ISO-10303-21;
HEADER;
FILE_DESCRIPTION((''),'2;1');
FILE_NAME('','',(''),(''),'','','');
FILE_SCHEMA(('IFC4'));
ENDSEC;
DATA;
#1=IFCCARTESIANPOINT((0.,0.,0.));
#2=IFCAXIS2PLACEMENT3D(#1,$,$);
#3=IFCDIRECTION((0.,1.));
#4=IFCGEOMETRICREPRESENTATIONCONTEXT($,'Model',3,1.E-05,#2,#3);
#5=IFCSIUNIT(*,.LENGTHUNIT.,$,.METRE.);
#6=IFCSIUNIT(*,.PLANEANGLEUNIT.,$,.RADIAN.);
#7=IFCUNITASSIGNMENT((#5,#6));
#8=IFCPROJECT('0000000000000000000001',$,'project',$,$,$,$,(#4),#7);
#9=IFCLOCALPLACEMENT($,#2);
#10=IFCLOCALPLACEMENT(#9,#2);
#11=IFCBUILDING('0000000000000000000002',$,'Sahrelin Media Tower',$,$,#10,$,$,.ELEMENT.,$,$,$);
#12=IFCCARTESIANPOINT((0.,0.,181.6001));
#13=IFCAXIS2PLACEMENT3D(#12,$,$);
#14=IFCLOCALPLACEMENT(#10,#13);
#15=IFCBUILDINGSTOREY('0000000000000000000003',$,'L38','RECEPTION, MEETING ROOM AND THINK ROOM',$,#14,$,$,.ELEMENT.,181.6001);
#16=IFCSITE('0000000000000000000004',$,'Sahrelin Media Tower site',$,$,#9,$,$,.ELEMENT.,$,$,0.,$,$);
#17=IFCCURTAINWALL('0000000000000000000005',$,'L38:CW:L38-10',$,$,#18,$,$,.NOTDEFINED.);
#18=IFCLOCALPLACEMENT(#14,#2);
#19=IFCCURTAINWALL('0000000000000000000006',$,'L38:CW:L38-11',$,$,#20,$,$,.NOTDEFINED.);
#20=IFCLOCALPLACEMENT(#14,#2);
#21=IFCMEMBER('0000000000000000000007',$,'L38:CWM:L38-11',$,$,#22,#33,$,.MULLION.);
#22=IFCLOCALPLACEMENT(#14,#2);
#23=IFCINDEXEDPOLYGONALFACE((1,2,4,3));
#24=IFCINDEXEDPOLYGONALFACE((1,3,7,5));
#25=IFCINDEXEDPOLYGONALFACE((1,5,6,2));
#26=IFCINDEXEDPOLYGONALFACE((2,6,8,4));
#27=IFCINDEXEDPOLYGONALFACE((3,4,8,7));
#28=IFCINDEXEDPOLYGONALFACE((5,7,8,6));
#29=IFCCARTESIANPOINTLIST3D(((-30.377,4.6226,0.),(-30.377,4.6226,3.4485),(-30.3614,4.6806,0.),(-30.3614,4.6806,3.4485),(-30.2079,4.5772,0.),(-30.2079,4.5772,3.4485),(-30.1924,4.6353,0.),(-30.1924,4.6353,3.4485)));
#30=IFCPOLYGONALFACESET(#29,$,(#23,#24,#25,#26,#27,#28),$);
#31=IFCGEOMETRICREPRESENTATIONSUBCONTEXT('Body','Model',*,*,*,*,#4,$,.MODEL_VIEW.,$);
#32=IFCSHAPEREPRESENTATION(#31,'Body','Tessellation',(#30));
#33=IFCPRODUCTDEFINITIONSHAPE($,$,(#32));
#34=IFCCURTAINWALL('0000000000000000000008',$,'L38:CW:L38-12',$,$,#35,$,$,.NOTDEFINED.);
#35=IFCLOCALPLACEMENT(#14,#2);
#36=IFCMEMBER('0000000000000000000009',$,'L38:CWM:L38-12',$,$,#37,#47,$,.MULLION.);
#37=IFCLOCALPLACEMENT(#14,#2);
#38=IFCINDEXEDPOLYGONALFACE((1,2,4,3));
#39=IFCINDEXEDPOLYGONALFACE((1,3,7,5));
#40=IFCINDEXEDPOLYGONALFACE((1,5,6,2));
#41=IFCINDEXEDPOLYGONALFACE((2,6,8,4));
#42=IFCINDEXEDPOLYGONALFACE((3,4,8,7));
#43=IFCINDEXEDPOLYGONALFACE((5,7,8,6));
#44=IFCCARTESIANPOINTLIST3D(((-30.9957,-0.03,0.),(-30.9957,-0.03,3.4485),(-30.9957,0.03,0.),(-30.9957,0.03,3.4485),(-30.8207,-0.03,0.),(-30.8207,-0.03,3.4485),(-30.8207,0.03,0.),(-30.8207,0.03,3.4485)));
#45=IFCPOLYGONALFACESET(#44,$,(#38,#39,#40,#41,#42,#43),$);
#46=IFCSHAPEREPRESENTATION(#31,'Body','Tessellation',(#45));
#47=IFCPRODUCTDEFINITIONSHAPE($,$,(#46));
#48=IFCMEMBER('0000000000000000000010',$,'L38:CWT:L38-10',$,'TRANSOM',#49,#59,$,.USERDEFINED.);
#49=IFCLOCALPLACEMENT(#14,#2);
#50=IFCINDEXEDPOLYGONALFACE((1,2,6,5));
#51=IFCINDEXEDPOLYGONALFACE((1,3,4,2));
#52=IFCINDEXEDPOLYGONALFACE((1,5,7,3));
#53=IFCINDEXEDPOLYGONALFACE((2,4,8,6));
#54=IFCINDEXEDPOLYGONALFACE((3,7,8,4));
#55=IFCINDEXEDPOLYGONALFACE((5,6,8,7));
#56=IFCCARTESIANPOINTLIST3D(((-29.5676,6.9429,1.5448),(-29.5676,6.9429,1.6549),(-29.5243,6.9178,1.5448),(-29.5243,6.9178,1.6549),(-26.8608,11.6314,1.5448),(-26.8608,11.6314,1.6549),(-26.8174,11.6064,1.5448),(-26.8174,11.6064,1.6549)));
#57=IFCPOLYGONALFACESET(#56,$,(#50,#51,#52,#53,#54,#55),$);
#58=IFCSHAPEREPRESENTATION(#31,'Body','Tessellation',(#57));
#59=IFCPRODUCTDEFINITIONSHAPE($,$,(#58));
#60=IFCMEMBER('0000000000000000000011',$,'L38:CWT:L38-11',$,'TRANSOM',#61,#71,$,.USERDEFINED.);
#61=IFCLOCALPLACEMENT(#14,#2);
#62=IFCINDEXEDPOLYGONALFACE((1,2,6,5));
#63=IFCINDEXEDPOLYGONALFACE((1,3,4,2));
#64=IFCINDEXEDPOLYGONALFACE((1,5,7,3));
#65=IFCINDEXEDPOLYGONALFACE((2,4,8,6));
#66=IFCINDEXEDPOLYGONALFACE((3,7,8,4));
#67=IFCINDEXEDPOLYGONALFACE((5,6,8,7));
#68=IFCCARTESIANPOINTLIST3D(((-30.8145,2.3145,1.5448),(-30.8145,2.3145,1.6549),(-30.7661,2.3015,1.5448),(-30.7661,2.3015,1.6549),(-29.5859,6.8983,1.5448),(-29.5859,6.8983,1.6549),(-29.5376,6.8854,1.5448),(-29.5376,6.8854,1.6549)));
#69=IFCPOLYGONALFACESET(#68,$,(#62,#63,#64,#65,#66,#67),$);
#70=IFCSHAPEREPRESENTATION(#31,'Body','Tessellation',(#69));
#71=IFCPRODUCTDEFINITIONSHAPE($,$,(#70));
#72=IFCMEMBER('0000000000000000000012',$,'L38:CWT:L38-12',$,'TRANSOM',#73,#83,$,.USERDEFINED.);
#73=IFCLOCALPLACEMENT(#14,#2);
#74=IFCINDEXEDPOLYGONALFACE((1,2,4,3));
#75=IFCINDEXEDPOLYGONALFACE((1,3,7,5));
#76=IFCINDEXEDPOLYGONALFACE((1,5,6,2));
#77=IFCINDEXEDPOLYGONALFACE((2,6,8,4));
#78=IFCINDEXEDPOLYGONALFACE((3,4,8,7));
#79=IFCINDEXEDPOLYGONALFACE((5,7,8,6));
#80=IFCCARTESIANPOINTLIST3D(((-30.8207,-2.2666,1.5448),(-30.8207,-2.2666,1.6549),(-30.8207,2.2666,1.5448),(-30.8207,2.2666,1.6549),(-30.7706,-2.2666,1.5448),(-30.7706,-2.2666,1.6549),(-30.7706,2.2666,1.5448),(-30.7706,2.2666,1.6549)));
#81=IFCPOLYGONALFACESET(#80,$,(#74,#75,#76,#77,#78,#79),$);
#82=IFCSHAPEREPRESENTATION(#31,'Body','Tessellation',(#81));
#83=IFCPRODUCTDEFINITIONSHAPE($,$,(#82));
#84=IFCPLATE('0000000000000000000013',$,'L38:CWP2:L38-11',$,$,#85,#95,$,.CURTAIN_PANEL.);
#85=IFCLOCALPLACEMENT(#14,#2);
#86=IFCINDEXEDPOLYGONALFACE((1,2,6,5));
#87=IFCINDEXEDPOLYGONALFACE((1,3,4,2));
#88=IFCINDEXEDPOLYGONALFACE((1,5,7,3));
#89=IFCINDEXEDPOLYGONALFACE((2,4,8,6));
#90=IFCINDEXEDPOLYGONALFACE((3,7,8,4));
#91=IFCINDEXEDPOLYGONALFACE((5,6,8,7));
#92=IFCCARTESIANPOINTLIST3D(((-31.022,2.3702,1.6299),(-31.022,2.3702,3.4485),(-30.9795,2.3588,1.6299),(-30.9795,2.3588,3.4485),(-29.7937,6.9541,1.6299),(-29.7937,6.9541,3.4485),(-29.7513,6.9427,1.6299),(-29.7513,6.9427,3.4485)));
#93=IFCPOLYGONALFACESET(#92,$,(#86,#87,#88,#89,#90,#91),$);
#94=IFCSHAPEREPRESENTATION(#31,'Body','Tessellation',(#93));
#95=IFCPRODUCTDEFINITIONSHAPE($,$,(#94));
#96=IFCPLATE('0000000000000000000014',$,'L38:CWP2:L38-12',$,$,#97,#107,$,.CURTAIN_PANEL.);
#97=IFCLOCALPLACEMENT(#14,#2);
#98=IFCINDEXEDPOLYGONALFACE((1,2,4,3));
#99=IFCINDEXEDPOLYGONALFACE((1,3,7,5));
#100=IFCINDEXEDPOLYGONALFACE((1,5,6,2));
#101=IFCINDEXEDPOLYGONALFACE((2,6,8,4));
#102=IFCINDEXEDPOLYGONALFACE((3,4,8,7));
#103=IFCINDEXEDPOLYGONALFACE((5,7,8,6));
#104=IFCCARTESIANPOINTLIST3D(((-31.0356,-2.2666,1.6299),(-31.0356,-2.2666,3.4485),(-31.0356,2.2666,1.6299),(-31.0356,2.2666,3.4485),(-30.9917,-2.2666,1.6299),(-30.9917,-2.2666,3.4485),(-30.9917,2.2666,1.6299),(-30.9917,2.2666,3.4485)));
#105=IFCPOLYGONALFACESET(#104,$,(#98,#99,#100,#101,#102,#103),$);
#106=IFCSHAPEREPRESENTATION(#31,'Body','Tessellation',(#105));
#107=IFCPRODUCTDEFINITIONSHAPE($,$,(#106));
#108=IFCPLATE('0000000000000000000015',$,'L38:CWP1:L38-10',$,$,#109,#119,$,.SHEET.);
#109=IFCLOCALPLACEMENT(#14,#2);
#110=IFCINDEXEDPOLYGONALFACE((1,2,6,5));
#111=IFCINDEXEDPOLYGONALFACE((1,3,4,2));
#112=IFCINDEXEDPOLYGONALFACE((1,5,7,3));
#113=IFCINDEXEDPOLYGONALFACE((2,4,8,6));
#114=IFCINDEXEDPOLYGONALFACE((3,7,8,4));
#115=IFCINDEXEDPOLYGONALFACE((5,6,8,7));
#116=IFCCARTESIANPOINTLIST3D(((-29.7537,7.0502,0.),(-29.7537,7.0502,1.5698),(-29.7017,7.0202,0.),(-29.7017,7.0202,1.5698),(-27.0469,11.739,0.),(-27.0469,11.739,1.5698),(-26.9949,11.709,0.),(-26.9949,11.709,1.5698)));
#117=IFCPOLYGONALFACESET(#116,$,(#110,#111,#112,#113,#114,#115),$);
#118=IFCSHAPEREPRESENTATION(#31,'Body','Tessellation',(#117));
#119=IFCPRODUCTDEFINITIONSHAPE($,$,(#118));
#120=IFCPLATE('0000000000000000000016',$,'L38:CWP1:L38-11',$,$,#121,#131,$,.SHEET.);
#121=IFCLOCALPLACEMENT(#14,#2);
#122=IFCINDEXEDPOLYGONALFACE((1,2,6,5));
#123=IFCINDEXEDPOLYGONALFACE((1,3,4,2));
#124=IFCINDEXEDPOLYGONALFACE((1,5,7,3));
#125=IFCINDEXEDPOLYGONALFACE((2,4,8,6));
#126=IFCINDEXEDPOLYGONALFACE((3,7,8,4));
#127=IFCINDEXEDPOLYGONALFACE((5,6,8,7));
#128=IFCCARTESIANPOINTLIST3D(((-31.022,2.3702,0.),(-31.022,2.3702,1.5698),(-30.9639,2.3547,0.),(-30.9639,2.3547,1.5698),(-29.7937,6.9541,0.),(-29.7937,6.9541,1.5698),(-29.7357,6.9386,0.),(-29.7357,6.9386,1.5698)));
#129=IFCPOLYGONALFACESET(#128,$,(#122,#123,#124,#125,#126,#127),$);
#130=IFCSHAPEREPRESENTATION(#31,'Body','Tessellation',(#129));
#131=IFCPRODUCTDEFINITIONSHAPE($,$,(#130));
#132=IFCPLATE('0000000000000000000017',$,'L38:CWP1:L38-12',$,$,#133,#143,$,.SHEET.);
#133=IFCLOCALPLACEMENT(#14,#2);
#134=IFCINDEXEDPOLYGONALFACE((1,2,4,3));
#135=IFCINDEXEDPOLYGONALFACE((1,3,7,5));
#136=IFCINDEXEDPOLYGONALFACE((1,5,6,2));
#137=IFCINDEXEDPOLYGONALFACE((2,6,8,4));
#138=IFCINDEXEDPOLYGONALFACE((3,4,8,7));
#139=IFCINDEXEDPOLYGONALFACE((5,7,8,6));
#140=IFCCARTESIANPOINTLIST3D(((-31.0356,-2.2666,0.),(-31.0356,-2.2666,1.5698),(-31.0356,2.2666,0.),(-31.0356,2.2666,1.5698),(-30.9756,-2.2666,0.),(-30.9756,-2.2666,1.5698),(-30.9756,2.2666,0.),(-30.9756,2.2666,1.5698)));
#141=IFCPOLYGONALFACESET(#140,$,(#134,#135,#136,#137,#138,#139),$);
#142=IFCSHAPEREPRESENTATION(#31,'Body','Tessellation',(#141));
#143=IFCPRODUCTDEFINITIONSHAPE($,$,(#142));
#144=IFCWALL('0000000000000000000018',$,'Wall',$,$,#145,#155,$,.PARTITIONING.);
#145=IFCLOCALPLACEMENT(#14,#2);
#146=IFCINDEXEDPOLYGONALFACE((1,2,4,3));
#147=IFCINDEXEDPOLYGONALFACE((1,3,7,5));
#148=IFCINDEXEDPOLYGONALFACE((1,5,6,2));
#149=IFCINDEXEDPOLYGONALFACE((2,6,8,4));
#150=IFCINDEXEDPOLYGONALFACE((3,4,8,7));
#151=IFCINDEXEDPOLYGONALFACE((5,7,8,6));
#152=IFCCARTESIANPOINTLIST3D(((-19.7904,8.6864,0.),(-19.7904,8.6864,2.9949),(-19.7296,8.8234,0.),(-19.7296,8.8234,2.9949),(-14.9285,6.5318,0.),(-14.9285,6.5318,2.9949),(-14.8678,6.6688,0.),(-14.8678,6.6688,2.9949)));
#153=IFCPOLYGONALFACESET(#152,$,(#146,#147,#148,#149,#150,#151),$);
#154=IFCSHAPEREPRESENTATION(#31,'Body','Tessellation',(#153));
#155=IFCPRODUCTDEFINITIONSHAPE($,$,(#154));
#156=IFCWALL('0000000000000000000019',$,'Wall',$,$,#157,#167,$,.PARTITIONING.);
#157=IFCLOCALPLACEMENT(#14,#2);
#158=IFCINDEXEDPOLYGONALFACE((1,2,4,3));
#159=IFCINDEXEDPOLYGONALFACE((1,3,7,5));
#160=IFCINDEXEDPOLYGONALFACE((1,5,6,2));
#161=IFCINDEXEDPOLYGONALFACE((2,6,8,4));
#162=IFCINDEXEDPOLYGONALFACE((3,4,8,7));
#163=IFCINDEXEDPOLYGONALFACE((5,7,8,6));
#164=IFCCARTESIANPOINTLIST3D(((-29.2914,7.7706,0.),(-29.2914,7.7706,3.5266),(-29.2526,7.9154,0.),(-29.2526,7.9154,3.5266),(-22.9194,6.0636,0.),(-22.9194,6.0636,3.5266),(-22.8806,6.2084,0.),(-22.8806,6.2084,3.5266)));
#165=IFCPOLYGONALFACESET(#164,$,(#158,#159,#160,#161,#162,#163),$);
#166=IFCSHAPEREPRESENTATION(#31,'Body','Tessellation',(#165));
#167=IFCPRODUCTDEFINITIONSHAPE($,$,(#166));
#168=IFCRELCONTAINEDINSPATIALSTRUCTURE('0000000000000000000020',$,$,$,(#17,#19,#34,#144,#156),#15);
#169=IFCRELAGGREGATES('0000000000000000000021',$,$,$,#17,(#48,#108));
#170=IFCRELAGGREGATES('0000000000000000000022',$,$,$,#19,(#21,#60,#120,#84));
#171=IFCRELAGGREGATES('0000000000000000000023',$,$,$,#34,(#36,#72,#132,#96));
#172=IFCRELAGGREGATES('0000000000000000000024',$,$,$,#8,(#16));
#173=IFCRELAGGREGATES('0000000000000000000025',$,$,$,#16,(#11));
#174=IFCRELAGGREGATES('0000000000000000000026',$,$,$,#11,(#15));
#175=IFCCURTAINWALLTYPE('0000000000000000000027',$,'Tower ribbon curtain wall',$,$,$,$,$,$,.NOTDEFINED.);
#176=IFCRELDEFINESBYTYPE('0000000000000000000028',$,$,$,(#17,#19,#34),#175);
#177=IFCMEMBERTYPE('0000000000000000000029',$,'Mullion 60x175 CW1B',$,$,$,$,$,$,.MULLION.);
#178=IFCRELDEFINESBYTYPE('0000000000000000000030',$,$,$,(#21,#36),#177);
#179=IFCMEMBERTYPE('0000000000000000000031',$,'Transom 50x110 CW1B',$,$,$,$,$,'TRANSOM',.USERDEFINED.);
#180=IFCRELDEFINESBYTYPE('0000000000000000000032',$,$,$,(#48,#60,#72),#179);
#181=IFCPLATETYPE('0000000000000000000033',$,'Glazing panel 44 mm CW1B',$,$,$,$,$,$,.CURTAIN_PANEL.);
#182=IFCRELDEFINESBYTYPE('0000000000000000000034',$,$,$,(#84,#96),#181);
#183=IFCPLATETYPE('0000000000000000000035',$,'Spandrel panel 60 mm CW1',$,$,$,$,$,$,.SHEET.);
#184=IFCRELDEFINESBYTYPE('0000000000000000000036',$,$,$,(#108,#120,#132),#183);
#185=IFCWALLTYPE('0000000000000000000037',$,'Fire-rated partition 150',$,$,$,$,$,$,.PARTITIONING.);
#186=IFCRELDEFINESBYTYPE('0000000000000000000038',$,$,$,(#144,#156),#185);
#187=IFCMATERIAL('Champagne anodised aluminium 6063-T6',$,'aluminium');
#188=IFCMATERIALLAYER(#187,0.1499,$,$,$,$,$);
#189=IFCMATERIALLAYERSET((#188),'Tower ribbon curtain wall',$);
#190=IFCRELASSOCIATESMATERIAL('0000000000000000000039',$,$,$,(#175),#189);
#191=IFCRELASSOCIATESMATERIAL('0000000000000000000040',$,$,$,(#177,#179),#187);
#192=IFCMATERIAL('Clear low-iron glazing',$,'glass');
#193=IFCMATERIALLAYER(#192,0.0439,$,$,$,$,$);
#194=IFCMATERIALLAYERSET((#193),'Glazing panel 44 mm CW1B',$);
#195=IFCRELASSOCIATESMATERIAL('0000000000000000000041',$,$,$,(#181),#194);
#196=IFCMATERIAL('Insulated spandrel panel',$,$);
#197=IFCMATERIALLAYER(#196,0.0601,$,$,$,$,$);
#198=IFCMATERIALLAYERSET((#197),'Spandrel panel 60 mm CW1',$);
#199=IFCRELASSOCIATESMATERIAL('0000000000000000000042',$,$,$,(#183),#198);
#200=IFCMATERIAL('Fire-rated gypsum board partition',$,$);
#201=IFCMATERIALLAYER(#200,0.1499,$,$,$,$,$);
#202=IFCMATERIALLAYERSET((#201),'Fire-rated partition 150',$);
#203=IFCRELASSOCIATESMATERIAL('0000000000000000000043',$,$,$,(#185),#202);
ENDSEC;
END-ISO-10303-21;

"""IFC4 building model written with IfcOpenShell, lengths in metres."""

from ifc_helpers import new_model, si_unit, direction, frame, frame_2d, origin, origin_2d, place, context, subcontext, project, spatial, polyline, rectangle, outline, extrude, material, layer, layer_set, material_profile, profile_set, type_object, element, aggregate, save


model = new_model("IFC4")

# Units and contexts
model_context = context("Model", 3, precision=1e-05, world=origin(), true_north=direction((0.0, 1.0)))
body_context = subcontext(model_context, "Body", "Model", "MODEL_VIEW")
ifc_project = project(units=[si_unit("LENGTHUNIT", "METRE"), si_unit("PLANEANGLEUNIT", "RADIAN")], contexts=[model_context])

# Site, building, storey
site_placement = place(None, origin())
site = spatial("IfcSite", under=ifc_project, at=site_placement, Name="Sahrelin Media Tower site", CompositionType="ELEMENT", RefElevation=0.0)
building_placement = place(site_placement, origin())
building = spatial("IfcBuilding", under=site, at=building_placement, Name="Sahrelin Media Tower", CompositionType="ELEMENT")
storey_placement = place(building_placement, frame((0.0, 0.0, 181.6001)))
storey = spatial("IfcBuildingStorey", under=building, at=storey_placement, Name="L38", Description="RECEPTION, MEETING ROOM AND THINK ROOM", CompositionType="ELEMENT", Elevation=181.6001)

# Curtain walls, members
ifc_material_1 = material(Name="Champagne anodised aluminium 6063-T6", Category="aluminium")
ifc_layer_1 = layer(ifc_material_1, 0.1499)
ifc_layer_set_1 = layer_set([ifc_layer_1], Name="Tower ribbon curtain wall")
curtain_wall_type = type_object("IfcCurtainWallType", Name="Tower ribbon curtain wall", PredefinedType="NOTDEFINED", material=ifc_layer_set_1)
curtain_wall_1_placement = place(storey_placement, frame((-28.3828, 9.3845, 0.0), z_axis=(0.0, 0.0, 1.0), x_axis=(1.0, 0.0, 0.0)))
curtain_wall_1 = element("IfcCurtainWall", 1, at=curtain_wall_1_placement, inside=storey, type_object=curtain_wall_type, Name="L38:CW:L38-10", PredefinedType="NOTDEFINED")
ifc_material_profile_1 = material_profile(ifc_material_1, rectangle(XDim=0.0601, YDim=0.175, at=origin_2d()), Name="Mullion 60x175")
ifc_profile_set_1 = profile_set([ifc_material_profile_1], Name="Champagne anodised aluminium 6063-T6")
member_type_1 = type_object("IfcMemberType", Name="Mullion 60x175 CW1B", PredefinedType="MULLION", material=ifc_profile_set_1)
curtain_wall_2_placement = place(storey_placement, frame((-30.3884, 4.657, 0.0), z_axis=(0.0, 0.0, 1.0), x_axis=(1.0, 0.0, 0.0)))
curtain_wall_2 = element("IfcCurtainWall", 2, at=curtain_wall_2_placement, inside=storey, type_object=curtain_wall_type, Name="L38:CW:L38-11", PredefinedType="NOTDEFINED")
member_1_placement = place(storey_placement, frame((-30.2847, 4.6289, 0.0), z_axis=(0.0, 0.0, 1.0), x_axis=(-0.258831, -0.965923, 0.0)))
member_1 = element("IfcMember", 3, at=member_1_placement, type_object=member_type_1, Name="L38:CWM:L38-11", PredefinedType="MULLION", context=body_context, shape_type="SweptSolid", body=[
    extrude(rectangle(XDim=0.0601, YDim=0.175, at=origin_2d()), origin(), (0.0, 0.0, 1.0), 3.4485),
])
curtain_wall_3_placement = place(storey_placement, frame((-31.0156, 0.0, 0.0), z_axis=(0.0, 0.0, 1.0), x_axis=(1.0, 0.0, 0.0)))
curtain_wall_3 = element("IfcCurtainWall", 4, at=curtain_wall_3_placement, inside=storey, type_object=curtain_wall_type, Name="L38:CW:L38-12", PredefinedType="NOTDEFINED")
member_2_placement = place(storey_placement, frame((-30.9082, 0.0, 0.0), z_axis=(0.0, 0.0, 1.0), x_axis=(0.0, -1.0, 0.0)))
member_2 = element("IfcMember", 5, at=member_2_placement, type_object=member_type_1, Name="L38:CWM:L38-12", PredefinedType="MULLION", context=body_context, shape_type="SweptSolid", body=[
    extrude(rectangle(XDim=0.0601, YDim=0.175, at=origin_2d()), origin(), (0.0, 0.0, 1.0), 3.4485),
])

# Members
ifc_material_profile_2 = material_profile(ifc_material_1, rectangle(XDim=0.05, YDim=0.1101, at=origin_2d()), Name="Transom 50x110")
ifc_profile_set_2 = profile_set([ifc_material_profile_2], Name="Champagne anodised aluminium 6063-T6")
member_type_2 = type_object("IfcMemberType", Name="Transom 50x110 CW1B", ElementType="TRANSOM", PredefinedType="USERDEFINED", material=ifc_profile_set_2)
member_3_placement = place(storey_placement, frame((-26.8391, 11.6189, 1.5999), z_axis=(-0.499985, -0.866034, 0.0), x_axis=(0.866034, -0.499985, 0.0)))
member_3 = element("IfcMember", 6, at=member_3_placement, type_object=member_type_2, Name="L38:CWT:L38-10", ObjectType="TRANSOM", PredefinedType="USERDEFINED", context=body_context, shape_type="SweptSolid", body=[
    extrude(rectangle(XDim=0.05, YDim=0.1101, at=origin_2d()), origin(), (0.0, 0.0, 1.0), 5.4138),
])
member_4_placement = place(storey_placement, frame((-29.5618, 6.8918, 1.5999), z_axis=(-0.258879, -0.96591, 0.0), x_axis=(0.96591, -0.258879, 0.0)))
member_4 = element("IfcMember", 7, at=member_4_placement, type_object=member_type_2, Name="L38:CWT:L38-11", ObjectType="TRANSOM", PredefinedType="USERDEFINED", context=body_context, shape_type="SweptSolid", body=[
    extrude(rectangle(XDim=0.05, YDim=0.1101, at=origin_2d()), origin(), (0.0, 0.0, 1.0), 4.7456),
])
member_5_placement = place(storey_placement, frame((-30.7957, 2.2666, 1.5999), z_axis=(0.0, -1.0, 0.0), x_axis=(1.0, 0.0, 0.0)))
member_5 = element("IfcMember", 8, at=member_5_placement, type_object=member_type_2, Name="L38:CWT:L38-12", ObjectType="TRANSOM", PredefinedType="USERDEFINED", context=body_context, shape_type="SweptSolid", body=[
    extrude(rectangle(XDim=0.05, YDim=0.1101, at=origin_2d()), origin(), (0.0, 0.0, 1.0), 4.5332),
])

# Plates
ifc_material_2 = material(Name="Clear low-iron glazing", Category="glass")
ifc_layer_2 = layer(ifc_material_2, 0.0439)
ifc_layer_set_2 = layer_set([ifc_layer_2], Name="Glazing panel 44 mm CW1B")
plate_type_1 = type_object("IfcPlateType", Name="Glazing panel 44 mm CW1B", PredefinedType="CURTAIN_PANEL", material=ifc_layer_set_2)
plate_1_placement = place(storey_placement, frame((-29.7937, 6.9541, 1.6299), z_axis=(-0.965926, 0.258818, 0.0), x_axis=(-0.258818, -0.965926, 0.0)))
plate_1 = element("IfcPlate", 9, at=plate_1_placement, type_object=plate_type_1, Name="L38:CWP2:L38-11", PredefinedType="CURTAIN_PANEL", context=body_context, shape_type="SweptSolid", body=[
    extrude(outline(polyline([(0.0, 0.0), (4.7456, 0.0), (4.7456, 1.8186), (0.0, 1.8186), (0.0, 0.0)])), origin(), (0.0, 0.0, -1.0), 0.0439),
])
plate_2_placement = place(storey_placement, frame((-31.0356, 2.2666, 1.6299), z_axis=(-1.0, 0.0, 0.0), x_axis=(0.0, -1.0, 0.0)))
plate_2 = element("IfcPlate", 10, at=plate_2_placement, type_object=plate_type_1, Name="L38:CWP2:L38-12", PredefinedType="CURTAIN_PANEL", context=body_context, shape_type="SweptSolid", body=[
    extrude(outline(polyline([(0.0, 0.0), (4.5332, 0.0), (4.5332, 1.8186), (0.0, 1.8186), (0.0, 0.0)])), origin(), (0.0, 0.0, -1.0), 0.0439),
])
ifc_material_3 = material(Name="Insulated spandrel panel")
ifc_layer_3 = layer(ifc_material_3, 0.0601)
ifc_layer_set_3 = layer_set([ifc_layer_3], Name="Spandrel panel 60 mm CW1")
plate_type_2 = type_object("IfcPlateType", Name="Spandrel panel 60 mm CW1", PredefinedType="SHEET", material=ifc_layer_set_3)
plate_3_placement = place(storey_placement, frame((-27.0469, 11.739, 0.0), z_axis=(-0.866045, 0.499966, 0.0), x_axis=(-0.499966, -0.866045, 0.0)))
plate_3 = element("IfcPlate", 11, at=plate_3_placement, type_object=plate_type_2, Name="L38:CWP1:L38-10", PredefinedType="SHEET", context=body_context, shape_type="SweptSolid", body=[
    extrude(outline(polyline([(0.0, 0.0), (5.4141, 0.0), (5.4141, 1.5698), (0.0, 1.5698), (0.0, 0.0)])), origin(), (0.0, 0.0, -1.0), 0.0601),
])
aggregate(curtain_wall_1, [member_3, plate_3])
plate_4_placement = place(storey_placement, frame((-29.7937, 6.9541, 0.0), z_axis=(-0.965926, 0.258818, 0.0), x_axis=(-0.258818, -0.965926, 0.0)))
plate_4 = element("IfcPlate", 12, at=plate_4_placement, type_object=plate_type_2, Name="L38:CWP1:L38-11", PredefinedType="SHEET", context=body_context, shape_type="SweptSolid", body=[
    extrude(outline(polyline([(0.0, 0.0), (4.7456, 0.0), (4.7456, 1.5698), (0.0, 1.5698), (0.0, 0.0)])), origin(), (0.0, 0.0, -1.0), 0.0601),
])
aggregate(curtain_wall_2, [member_1, member_4, plate_4, plate_1])
plate_5_placement = place(storey_placement, frame((-31.0356, 2.2666, 0.0), z_axis=(-1.0, 0.0, 0.0), x_axis=(0.0, -1.0, 0.0)))
plate_5 = element("IfcPlate", 13, at=plate_5_placement, type_object=plate_type_2, Name="L38:CWP1:L38-12", PredefinedType="SHEET", context=body_context, shape_type="SweptSolid", body=[
    extrude(outline(polyline([(0.0, 0.0), (4.5332, 0.0), (4.5332, 1.5698), (0.0, 1.5698), (0.0, 0.0)])), origin(), (0.0, 0.0, -1.0), 0.0601),
])
aggregate(curtain_wall_3, [member_2, member_5, plate_5, plate_2])

# Walls
ifc_material_4 = material(Name="Fire-rated gypsum board partition")
ifc_layer_4 = layer(ifc_material_4, 0.1499)
ifc_layer_set_4 = layer_set([ifc_layer_4], Name="Fire-rated partition 150")
wall_type_1 = type_object("IfcWallType", Name="Fire-rated partition 150", PredefinedType="PARTITIONING", material=ifc_layer_set_4)
wall_1_placement = place(storey_placement, frame((-19.76, 8.7549, 0.0), z_axis=(0.0, 0.0, 1.0), x_axis=(0.914248, -0.405154, 0.0)))
element("IfcWall", 14, at=wall_1_placement, inside=storey, type_object=wall_type_1, Name="Wall", PredefinedType="PARTITIONING", context=body_context, shape_type="SweptSolid", body=[
    extrude(rectangle(XDim=5.3179, YDim=0.1499, at=frame_2d((2.6589, 0.0))), origin(), (0.0, 0.0, 1.0), 2.9949),
])
wall_2_placement = place(storey_placement, frame((-29.272, 7.843, 0.0), z_axis=(0.0, 0.0, 1.0), x_axis=(0.965939, -0.258768, 0.0)))
element("IfcWall", 15, at=wall_2_placement, inside=storey, type_object=wall_type_1, Name="Wall", PredefinedType="PARTITIONING", context=body_context, shape_type="SweptSolid", body=[
    extrude(rectangle(XDim=6.5967, YDim=0.1499, at=frame_2d((3.2983, 0.0))), origin(), (0.0, 0.0, 1.0), 3.5266),
])

save(model, "model.ifc")
